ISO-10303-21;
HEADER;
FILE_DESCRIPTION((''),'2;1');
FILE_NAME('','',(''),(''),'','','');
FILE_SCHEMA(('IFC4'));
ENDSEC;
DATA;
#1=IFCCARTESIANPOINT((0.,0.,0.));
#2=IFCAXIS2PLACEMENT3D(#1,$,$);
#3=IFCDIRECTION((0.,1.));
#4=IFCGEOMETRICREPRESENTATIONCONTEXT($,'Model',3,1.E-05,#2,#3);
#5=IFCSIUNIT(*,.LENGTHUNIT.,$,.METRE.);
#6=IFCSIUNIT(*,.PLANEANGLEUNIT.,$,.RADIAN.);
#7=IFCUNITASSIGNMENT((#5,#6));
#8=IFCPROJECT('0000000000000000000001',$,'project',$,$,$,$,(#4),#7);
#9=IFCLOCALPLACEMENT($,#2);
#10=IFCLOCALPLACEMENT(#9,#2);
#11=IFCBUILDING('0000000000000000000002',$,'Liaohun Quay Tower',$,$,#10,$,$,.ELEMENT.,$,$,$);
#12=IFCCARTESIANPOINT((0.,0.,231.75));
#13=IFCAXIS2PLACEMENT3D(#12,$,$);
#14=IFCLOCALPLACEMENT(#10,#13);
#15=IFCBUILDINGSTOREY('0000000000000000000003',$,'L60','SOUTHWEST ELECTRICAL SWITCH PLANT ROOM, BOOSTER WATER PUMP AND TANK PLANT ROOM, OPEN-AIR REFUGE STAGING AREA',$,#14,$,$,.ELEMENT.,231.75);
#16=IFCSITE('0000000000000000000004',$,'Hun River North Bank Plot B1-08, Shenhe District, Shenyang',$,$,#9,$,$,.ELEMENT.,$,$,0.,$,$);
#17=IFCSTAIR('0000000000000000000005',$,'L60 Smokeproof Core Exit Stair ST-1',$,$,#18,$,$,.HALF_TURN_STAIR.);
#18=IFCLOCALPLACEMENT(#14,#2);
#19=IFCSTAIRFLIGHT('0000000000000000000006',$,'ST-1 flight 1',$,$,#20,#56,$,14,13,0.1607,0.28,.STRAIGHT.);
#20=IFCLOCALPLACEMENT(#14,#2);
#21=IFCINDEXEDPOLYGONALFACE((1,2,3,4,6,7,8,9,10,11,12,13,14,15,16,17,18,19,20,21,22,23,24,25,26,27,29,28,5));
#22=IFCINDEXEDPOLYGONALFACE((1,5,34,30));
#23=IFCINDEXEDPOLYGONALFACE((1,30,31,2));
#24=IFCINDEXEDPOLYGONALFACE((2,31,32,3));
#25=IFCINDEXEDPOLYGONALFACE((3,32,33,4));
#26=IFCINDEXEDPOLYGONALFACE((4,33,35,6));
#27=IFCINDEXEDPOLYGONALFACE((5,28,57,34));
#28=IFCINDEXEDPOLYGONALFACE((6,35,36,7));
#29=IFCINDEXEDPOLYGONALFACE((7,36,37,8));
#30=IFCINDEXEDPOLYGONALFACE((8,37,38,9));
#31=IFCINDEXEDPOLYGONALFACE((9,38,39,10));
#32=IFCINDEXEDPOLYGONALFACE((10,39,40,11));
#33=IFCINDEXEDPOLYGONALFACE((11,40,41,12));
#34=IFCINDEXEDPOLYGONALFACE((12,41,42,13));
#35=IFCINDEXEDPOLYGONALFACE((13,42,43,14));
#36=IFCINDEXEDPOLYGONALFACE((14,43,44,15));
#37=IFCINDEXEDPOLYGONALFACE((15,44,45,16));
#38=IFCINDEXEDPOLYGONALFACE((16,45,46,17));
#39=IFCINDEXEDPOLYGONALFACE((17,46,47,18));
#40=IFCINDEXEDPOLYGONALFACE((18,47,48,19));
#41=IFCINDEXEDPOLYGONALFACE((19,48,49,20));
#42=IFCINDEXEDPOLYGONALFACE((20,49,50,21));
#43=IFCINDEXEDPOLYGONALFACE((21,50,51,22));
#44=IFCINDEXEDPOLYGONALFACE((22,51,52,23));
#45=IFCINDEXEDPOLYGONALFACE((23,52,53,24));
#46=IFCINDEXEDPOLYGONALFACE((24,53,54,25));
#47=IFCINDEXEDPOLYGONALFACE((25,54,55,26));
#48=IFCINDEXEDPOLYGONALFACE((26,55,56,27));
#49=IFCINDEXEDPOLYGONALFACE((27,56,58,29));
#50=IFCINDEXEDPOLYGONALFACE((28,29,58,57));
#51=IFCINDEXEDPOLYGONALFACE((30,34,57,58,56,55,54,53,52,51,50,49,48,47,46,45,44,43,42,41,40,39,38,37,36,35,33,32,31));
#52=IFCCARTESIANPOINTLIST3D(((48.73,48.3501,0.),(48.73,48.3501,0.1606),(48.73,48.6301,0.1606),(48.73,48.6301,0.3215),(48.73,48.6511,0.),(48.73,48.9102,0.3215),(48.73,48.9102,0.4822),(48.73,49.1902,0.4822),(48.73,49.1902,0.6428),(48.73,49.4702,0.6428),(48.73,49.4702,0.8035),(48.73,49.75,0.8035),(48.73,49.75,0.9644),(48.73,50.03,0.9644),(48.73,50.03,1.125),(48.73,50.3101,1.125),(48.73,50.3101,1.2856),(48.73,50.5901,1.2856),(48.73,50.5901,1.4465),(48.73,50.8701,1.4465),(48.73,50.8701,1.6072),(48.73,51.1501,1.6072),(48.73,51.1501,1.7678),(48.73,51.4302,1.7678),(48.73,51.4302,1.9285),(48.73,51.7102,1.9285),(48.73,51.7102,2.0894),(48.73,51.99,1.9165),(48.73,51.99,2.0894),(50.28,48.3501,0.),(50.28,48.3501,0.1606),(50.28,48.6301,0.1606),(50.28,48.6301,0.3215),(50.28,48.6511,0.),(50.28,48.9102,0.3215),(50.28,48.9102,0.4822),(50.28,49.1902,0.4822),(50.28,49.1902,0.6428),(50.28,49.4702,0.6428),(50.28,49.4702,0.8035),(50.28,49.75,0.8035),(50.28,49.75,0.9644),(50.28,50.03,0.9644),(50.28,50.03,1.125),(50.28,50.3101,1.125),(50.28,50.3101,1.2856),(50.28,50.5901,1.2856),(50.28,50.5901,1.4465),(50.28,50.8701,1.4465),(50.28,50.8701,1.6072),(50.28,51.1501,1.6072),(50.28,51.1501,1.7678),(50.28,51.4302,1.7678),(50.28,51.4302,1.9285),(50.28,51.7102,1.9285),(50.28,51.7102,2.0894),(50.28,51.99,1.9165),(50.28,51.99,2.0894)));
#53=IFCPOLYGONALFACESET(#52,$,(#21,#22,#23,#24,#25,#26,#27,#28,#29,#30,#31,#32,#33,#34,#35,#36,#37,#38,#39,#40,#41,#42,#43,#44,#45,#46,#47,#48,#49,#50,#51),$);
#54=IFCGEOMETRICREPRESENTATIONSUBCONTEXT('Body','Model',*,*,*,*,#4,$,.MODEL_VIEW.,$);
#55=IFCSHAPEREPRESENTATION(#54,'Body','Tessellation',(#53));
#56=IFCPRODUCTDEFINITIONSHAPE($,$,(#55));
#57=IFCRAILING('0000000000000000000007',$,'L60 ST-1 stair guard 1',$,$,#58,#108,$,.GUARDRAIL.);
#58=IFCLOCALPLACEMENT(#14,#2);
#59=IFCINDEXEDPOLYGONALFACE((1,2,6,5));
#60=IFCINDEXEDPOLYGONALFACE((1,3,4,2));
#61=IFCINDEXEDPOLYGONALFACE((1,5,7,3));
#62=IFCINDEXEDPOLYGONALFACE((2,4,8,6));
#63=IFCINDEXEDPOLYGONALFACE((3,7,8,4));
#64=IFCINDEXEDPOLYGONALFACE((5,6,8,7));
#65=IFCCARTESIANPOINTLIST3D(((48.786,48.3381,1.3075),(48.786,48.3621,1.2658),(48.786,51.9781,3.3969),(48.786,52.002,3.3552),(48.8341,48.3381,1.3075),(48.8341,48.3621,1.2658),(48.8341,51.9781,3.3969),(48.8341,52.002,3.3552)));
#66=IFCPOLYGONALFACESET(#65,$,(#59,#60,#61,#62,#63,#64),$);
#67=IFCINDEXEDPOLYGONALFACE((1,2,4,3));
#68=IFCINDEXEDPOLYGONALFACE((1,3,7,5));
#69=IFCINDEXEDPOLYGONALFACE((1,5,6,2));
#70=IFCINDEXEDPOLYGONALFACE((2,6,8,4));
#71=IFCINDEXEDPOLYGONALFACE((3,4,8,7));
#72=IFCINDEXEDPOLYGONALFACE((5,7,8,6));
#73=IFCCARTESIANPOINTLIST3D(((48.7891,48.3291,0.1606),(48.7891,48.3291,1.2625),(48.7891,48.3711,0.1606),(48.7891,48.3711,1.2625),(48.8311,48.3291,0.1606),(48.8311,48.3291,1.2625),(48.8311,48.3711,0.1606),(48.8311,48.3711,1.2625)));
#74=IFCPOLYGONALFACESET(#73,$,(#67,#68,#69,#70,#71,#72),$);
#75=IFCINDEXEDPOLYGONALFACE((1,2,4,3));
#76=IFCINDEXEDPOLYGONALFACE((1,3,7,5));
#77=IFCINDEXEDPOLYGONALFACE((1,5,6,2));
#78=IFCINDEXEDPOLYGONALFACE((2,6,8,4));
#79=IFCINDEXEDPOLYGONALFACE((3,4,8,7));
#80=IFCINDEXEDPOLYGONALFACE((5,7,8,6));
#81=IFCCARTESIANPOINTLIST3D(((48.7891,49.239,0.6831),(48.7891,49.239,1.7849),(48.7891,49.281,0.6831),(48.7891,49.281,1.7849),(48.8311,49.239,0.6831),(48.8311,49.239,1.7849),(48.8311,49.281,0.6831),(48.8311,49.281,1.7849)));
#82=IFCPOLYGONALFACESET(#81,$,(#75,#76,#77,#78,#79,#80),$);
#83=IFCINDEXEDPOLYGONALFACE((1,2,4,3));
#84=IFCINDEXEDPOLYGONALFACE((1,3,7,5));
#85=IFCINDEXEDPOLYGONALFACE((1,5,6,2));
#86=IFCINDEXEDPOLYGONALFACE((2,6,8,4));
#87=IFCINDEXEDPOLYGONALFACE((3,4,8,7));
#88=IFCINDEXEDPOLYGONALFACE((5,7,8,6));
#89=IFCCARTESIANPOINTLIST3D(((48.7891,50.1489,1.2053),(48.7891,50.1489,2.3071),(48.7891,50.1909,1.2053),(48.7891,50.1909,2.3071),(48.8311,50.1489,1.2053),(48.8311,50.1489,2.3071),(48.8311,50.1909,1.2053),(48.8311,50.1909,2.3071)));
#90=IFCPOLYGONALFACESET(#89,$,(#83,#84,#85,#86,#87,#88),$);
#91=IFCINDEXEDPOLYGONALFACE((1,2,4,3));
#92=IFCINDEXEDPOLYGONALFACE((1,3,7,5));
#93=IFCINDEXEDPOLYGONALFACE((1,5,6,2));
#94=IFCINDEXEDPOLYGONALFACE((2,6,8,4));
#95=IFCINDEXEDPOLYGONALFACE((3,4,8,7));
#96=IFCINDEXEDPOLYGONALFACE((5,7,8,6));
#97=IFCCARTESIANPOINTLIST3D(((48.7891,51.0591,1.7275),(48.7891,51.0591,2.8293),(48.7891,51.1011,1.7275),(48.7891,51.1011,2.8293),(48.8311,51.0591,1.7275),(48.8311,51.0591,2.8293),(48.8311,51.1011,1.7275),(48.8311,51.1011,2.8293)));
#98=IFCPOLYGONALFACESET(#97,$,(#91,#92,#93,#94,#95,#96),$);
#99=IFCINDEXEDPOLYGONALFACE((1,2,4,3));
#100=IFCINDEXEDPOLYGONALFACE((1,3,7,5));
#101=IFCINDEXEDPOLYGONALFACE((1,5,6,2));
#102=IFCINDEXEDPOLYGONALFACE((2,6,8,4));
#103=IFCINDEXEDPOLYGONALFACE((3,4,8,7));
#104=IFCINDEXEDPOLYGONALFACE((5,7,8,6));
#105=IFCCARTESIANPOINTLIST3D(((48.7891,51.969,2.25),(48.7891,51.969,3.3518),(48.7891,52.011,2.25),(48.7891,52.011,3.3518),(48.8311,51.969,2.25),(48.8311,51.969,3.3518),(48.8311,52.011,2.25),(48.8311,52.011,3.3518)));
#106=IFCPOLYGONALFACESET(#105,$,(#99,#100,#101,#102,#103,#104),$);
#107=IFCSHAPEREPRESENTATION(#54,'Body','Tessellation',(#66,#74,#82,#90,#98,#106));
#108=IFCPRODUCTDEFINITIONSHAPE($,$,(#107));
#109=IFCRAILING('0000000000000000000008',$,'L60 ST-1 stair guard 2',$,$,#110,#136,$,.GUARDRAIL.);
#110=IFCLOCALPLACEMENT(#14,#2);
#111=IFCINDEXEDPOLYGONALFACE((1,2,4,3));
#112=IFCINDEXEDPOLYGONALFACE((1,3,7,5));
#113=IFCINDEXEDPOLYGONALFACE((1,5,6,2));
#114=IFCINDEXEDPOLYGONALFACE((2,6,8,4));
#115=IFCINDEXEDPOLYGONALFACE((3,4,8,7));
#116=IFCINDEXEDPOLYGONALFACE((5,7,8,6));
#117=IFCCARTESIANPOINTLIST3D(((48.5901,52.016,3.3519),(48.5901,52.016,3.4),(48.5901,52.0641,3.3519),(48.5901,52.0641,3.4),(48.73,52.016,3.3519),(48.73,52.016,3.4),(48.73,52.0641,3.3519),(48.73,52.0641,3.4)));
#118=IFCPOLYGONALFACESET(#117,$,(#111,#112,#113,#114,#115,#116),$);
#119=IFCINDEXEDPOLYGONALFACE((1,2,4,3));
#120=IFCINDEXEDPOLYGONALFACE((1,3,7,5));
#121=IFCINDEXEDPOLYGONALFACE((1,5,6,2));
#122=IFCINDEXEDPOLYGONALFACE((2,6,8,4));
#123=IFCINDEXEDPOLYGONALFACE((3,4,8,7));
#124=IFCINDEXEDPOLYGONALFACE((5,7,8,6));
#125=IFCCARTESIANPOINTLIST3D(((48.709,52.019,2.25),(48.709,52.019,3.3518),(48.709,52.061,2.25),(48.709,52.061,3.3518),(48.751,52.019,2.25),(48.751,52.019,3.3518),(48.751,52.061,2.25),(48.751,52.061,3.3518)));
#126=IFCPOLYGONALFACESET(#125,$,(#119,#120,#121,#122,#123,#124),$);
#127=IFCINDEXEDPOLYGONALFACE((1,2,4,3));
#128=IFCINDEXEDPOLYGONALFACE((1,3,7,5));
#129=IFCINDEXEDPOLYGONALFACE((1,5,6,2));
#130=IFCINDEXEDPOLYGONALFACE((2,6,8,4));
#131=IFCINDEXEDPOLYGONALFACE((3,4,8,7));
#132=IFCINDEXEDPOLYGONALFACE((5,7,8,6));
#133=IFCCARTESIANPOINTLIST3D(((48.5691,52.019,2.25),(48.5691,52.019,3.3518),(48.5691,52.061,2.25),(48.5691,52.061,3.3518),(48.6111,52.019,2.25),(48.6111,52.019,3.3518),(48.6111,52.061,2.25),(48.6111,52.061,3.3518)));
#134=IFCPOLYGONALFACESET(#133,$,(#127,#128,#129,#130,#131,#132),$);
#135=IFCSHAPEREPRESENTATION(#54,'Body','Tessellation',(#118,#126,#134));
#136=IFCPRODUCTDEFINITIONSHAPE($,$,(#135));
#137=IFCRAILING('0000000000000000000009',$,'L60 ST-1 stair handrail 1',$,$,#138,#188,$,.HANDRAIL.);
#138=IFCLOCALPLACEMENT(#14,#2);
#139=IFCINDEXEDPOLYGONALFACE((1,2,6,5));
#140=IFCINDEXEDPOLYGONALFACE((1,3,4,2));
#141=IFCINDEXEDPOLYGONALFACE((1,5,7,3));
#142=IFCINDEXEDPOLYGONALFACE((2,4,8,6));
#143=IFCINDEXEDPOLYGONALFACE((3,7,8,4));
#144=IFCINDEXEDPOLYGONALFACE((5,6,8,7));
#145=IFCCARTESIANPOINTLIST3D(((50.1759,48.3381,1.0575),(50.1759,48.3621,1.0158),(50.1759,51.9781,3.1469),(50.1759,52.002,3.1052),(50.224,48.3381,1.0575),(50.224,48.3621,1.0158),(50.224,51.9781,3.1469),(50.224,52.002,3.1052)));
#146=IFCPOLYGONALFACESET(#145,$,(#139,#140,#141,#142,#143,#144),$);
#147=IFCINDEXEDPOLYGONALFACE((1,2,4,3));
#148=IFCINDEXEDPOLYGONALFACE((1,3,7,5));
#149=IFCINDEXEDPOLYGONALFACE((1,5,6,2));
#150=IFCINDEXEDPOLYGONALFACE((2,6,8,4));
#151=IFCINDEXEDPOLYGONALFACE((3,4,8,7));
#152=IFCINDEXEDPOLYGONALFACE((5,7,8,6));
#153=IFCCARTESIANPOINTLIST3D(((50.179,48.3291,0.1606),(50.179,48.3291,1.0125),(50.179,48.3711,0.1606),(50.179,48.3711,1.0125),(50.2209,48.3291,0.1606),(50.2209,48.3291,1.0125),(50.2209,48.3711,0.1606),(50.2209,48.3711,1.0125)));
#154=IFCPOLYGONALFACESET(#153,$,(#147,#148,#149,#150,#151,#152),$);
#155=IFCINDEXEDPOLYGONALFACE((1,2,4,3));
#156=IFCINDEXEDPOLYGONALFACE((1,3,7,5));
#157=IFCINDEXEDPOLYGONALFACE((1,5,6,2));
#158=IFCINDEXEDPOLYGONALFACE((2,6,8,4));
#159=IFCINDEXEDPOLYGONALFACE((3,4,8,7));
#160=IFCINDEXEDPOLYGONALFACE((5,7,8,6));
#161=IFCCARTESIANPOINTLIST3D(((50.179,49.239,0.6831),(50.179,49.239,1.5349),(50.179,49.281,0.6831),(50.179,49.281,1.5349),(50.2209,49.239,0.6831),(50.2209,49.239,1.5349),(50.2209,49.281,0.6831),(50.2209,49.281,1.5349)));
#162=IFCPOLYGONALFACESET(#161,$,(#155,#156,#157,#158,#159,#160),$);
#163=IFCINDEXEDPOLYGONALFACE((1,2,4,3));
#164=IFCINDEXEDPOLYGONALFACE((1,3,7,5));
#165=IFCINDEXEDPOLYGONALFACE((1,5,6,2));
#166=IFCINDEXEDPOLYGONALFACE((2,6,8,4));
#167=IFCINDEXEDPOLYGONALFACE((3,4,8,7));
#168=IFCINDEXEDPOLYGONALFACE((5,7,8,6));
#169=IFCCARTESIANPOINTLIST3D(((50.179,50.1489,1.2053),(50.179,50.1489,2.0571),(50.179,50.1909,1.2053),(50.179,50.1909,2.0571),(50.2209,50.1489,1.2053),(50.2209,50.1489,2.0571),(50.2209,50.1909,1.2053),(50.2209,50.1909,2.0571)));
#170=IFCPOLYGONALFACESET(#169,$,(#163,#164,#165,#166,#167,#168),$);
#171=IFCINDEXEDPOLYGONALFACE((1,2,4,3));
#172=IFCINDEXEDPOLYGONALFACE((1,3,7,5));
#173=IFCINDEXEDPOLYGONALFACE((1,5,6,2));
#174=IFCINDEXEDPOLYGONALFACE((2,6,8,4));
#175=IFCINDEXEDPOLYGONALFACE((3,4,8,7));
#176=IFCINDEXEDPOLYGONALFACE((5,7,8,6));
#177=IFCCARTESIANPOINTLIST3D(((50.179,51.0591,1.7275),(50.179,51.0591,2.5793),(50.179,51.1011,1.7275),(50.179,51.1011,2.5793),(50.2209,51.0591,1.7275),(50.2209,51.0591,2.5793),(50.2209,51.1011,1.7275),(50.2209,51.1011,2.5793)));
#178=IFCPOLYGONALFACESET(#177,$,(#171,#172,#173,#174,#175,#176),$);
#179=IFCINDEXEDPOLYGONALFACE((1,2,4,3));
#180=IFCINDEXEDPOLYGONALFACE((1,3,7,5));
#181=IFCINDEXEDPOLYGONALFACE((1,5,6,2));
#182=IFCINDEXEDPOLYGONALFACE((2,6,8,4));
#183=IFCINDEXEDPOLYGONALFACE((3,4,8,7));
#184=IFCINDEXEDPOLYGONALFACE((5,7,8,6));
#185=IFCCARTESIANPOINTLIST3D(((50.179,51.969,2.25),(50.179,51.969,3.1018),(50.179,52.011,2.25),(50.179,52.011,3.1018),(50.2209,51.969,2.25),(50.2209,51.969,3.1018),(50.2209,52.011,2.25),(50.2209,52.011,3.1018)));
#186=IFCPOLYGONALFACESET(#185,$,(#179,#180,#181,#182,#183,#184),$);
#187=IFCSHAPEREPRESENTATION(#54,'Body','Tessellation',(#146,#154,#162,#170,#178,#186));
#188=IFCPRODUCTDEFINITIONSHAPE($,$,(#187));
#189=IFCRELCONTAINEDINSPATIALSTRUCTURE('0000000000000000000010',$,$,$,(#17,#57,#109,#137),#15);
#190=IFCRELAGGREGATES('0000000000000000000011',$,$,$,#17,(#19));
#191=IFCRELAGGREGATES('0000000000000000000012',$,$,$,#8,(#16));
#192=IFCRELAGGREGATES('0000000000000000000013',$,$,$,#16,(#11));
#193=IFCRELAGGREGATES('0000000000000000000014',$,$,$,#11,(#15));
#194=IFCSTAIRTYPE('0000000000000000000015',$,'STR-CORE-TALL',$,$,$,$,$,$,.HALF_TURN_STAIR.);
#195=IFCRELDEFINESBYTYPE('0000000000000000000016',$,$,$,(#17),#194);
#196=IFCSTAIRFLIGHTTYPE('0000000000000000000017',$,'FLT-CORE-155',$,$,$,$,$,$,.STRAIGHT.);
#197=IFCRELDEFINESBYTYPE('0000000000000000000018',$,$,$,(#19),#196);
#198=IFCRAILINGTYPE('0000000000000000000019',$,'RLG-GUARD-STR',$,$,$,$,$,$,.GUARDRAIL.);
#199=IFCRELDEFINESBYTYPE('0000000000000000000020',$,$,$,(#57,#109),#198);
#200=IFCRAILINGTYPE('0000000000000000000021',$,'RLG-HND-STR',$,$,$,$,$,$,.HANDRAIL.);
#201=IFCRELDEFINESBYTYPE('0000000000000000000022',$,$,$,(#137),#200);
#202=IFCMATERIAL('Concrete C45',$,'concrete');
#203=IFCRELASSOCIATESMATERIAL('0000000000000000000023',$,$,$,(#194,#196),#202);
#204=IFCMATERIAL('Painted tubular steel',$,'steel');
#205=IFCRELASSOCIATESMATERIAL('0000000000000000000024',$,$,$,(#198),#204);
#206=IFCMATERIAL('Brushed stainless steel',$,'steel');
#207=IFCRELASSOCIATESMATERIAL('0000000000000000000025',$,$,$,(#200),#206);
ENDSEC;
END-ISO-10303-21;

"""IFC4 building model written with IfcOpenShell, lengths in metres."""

from ifc_helpers import new_model, si_unit, direction, frame, origin, origin_2d, place, context, subcontext, project, spatial, polyline, rectangle, outline, extrude, material, type_object, element, aggregate, save


model = new_model("IFC4")

# Units and contexts
model_context = context("Model", 3, precision=1e-05, world=origin(), true_north=direction((0.0, 1.0)))
body_context = subcontext(model_context, "Body", "Model", "MODEL_VIEW")
ifc_project = project(units=[si_unit("LENGTHUNIT", "METRE"), si_unit("PLANEANGLEUNIT", "RADIAN")], contexts=[model_context])

# Site, building, storey
site_placement = place(None, origin())
site = spatial("IfcSite", under=ifc_project, at=site_placement, Name="Hun River North Bank Plot B1-08, Shenhe District, Shenyang", CompositionType="ELEMENT", RefElevation=0.0)
building_placement = place(site_placement, origin())
building = spatial("IfcBuilding", under=site, at=building_placement, Name="Liaohun Quay Tower", CompositionType="ELEMENT")
storey_placement = place(building_placement, frame((0.0, 0.0, 231.75)))
storey = spatial("IfcBuildingStorey", under=building, at=storey_placement, Name="L60", Description="SOUTHWEST ELECTRICAL SWITCH PLANT ROOM, BOOSTER WATER PUMP AND TANK PLANT ROOM, OPEN-AIR REFUGE STAGING AREA", CompositionType="ELEMENT", Elevation=231.75)

# Stair, stair flight
ifc_material_1 = material(Name="Concrete C45", Category="concrete")
stair_type = type_object("IfcStairType", Name="STR-CORE-TALL", PredefinedType="HALF_TURN_STAIR", material=ifc_material_1)
stair_placement = place(storey_placement, origin())
stair = element("IfcStair", 1, at=stair_placement, inside=storey, type_object=stair_type, Name="L60 Smokeproof Core Exit Stair ST-1", PredefinedType="HALF_TURN_STAIR")
stair_flight_type = type_object("IfcStairFlightType", Name="FLT-CORE-155", PredefinedType="STRAIGHT", material=ifc_material_1)
stair_flight_placement = place(storey_placement, frame((49.5049, 48.3501, 0.0), z_axis=(0.0, 0.0, 1.0), x_axis=(0.0, 1.0, 0.0)))
stair_flight = element("IfcStairFlight", 2, at=stair_flight_placement, type_object=stair_flight_type, Name="ST-1 flight 1", NumberOfRisers=14, NumberOfTreads=13, PredefinedType="STRAIGHT", RiserHeight=0.1607, TreadLength=0.28, context=body_context, shape_type="SweptSolid", body=[
    extrude(outline(polyline([(0.0, 0.0), (0.0, 0.1606), (0.28, 0.1606), (0.28, 0.3215), (0.5601, 0.3215), (0.5601, 0.4822), (0.8401, 0.4822), (0.8401, 0.6428), (1.1201, 0.6428), (1.1201, 0.8035), (1.3999, 0.8035), (1.3999, 0.9644), (1.6799, 0.9644), (1.6799, 1.125), (1.96, 1.125), (1.96, 1.2856), (2.24, 1.2856), (2.24, 1.4465), (2.52, 1.4465), (2.52, 1.6072), (2.8, 1.6072), (2.8, 1.7678), (3.0801, 1.7678), (3.0801, 1.9285), (3.3601, 1.9285), (3.3601, 2.0894), (3.6399, 2.0894), (3.6399, 2.25), (3.6399, 1.9165), (0.301, 0.0), (0.0, 0.0)])), frame((0.0, 0.7749, 0.0), z_axis=(0.0, -1.0, 0.0), x_axis=(1.0, 0.0, 0.0)), (0.0, 0.0, 1.0), 1.55),
])
aggregate(stair, [stair_flight])

# Railings
ifc_material_2 = material(Name="Painted tubular steel", Category="steel")
railing_type_1 = type_object("IfcRailingType", Name="RLG-GUARD-STR", PredefinedType="GUARDRAIL", material=ifc_material_2)
railing_1_placement = place(storey_placement, frame((48.8101, 48.3501, 0.1606)))
element("IfcRailing", 3, at=railing_1_placement, inside=storey, type_object=railing_type_1, Name="L60 ST-1 stair guard 1", PredefinedType="GUARDRAIL", context=body_context, shape_type="SweptSolid", body=[
    extrude(rectangle(XDim=0.0481, YDim=0.0481, at=origin_2d()), frame((0.0, 0.0, 1.126), z_axis=(0.0, 0.867275, 0.497829), x_axis=(-1.0, 0.0, 0.0)), (0.0, 0.0, 1.0), 4.197),
    extrude(rectangle(XDim=0.042, YDim=0.042, at=origin_2d()), origin(), (0.0, 0.0, 1.0), 1.1018),
    extrude(rectangle(XDim=0.042, YDim=0.042, at=origin_2d()), frame((0.0, 0.9099, 0.5225)), (0.0, 0.0, 1.0), 1.1018),
    extrude(rectangle(XDim=0.042, YDim=0.042, at=origin_2d()), frame((0.0, 1.8198, 1.0447)), (0.0, 0.0, 1.0), 1.1018),
    extrude(rectangle(XDim=0.042, YDim=0.042, at=origin_2d()), frame((0.0, 2.73, 1.5669)), (0.0, 0.0, 1.0), 1.1018),
    extrude(rectangle(XDim=0.042, YDim=0.042, at=origin_2d()), frame((0.0, 3.6399, 2.0894)), (0.0, 0.0, 1.0), 1.1018),
])
railing_2_placement = place(storey_placement, frame((48.73, 52.04, 2.25)))
element("IfcRailing", 4, at=railing_2_placement, inside=storey, type_object=railing_type_1, Name="L60 ST-1 stair guard 2", PredefinedType="GUARDRAIL", context=body_context, shape_type="SweptSolid", body=[
    extrude(rectangle(XDim=0.0481, YDim=0.0481, at=origin_2d()), frame((0.0, 0.0, 1.126), z_axis=(-1.0, 0.0, 0.0), x_axis=(0.0, -1.0, 0.0)), (0.0, 0.0, 1.0), 0.1399),
    extrude(rectangle(XDim=0.042, YDim=0.042, at=origin_2d()), origin(), (0.0, 0.0, 1.0), 1.1018),
    extrude(rectangle(XDim=0.042, YDim=0.042, at=origin_2d()), frame((-0.1399, 0.0, 0.0)), (0.0, 0.0, 1.0), 1.1018),
])
ifc_material_3 = material(Name="Brushed stainless steel", Category="steel")
railing_type_2 = type_object("IfcRailingType", Name="RLG-HND-STR", PredefinedType="HANDRAIL", material=ifc_material_3)
railing_3_placement = place(storey_placement, frame((50.2, 48.3501, 0.1606)))
element("IfcRailing", 5, at=railing_3_placement, inside=storey, type_object=railing_type_2, Name="L60 ST-1 stair handrail 1", PredefinedType="HANDRAIL", context=body_context, shape_type="SweptSolid", body=[
    extrude(rectangle(XDim=0.0481, YDim=0.0481, at=origin_2d()), frame((0.0, 0.0, 0.876), z_axis=(0.0, 0.867275, 0.497829), x_axis=(-1.0, 0.0, 0.0)), (0.0, 0.0, 1.0), 4.197),
    extrude(rectangle(XDim=0.042, YDim=0.042, at=origin_2d()), origin(), (0.0, 0.0, 1.0), 0.8518),
    extrude(rectangle(XDim=0.042, YDim=0.042, at=origin_2d()), frame((0.0, 0.9099, 0.5225)), (0.0, 0.0, 1.0), 0.8518),
    extrude(rectangle(XDim=0.042, YDim=0.042, at=origin_2d()), frame((0.0, 1.8198, 1.0447)), (0.0, 0.0, 1.0), 0.8518),
    extrude(rectangle(XDim=0.042, YDim=0.042, at=origin_2d()), frame((0.0, 2.73, 1.5669)), (0.0, 0.0, 1.0), 0.8518),
    extrude(rectangle(XDim=0.042, YDim=0.042, at=origin_2d()), frame((0.0, 3.6399, 2.0894)), (0.0, 0.0, 1.0), 0.8518),
])

save(model, "model.ifc")
